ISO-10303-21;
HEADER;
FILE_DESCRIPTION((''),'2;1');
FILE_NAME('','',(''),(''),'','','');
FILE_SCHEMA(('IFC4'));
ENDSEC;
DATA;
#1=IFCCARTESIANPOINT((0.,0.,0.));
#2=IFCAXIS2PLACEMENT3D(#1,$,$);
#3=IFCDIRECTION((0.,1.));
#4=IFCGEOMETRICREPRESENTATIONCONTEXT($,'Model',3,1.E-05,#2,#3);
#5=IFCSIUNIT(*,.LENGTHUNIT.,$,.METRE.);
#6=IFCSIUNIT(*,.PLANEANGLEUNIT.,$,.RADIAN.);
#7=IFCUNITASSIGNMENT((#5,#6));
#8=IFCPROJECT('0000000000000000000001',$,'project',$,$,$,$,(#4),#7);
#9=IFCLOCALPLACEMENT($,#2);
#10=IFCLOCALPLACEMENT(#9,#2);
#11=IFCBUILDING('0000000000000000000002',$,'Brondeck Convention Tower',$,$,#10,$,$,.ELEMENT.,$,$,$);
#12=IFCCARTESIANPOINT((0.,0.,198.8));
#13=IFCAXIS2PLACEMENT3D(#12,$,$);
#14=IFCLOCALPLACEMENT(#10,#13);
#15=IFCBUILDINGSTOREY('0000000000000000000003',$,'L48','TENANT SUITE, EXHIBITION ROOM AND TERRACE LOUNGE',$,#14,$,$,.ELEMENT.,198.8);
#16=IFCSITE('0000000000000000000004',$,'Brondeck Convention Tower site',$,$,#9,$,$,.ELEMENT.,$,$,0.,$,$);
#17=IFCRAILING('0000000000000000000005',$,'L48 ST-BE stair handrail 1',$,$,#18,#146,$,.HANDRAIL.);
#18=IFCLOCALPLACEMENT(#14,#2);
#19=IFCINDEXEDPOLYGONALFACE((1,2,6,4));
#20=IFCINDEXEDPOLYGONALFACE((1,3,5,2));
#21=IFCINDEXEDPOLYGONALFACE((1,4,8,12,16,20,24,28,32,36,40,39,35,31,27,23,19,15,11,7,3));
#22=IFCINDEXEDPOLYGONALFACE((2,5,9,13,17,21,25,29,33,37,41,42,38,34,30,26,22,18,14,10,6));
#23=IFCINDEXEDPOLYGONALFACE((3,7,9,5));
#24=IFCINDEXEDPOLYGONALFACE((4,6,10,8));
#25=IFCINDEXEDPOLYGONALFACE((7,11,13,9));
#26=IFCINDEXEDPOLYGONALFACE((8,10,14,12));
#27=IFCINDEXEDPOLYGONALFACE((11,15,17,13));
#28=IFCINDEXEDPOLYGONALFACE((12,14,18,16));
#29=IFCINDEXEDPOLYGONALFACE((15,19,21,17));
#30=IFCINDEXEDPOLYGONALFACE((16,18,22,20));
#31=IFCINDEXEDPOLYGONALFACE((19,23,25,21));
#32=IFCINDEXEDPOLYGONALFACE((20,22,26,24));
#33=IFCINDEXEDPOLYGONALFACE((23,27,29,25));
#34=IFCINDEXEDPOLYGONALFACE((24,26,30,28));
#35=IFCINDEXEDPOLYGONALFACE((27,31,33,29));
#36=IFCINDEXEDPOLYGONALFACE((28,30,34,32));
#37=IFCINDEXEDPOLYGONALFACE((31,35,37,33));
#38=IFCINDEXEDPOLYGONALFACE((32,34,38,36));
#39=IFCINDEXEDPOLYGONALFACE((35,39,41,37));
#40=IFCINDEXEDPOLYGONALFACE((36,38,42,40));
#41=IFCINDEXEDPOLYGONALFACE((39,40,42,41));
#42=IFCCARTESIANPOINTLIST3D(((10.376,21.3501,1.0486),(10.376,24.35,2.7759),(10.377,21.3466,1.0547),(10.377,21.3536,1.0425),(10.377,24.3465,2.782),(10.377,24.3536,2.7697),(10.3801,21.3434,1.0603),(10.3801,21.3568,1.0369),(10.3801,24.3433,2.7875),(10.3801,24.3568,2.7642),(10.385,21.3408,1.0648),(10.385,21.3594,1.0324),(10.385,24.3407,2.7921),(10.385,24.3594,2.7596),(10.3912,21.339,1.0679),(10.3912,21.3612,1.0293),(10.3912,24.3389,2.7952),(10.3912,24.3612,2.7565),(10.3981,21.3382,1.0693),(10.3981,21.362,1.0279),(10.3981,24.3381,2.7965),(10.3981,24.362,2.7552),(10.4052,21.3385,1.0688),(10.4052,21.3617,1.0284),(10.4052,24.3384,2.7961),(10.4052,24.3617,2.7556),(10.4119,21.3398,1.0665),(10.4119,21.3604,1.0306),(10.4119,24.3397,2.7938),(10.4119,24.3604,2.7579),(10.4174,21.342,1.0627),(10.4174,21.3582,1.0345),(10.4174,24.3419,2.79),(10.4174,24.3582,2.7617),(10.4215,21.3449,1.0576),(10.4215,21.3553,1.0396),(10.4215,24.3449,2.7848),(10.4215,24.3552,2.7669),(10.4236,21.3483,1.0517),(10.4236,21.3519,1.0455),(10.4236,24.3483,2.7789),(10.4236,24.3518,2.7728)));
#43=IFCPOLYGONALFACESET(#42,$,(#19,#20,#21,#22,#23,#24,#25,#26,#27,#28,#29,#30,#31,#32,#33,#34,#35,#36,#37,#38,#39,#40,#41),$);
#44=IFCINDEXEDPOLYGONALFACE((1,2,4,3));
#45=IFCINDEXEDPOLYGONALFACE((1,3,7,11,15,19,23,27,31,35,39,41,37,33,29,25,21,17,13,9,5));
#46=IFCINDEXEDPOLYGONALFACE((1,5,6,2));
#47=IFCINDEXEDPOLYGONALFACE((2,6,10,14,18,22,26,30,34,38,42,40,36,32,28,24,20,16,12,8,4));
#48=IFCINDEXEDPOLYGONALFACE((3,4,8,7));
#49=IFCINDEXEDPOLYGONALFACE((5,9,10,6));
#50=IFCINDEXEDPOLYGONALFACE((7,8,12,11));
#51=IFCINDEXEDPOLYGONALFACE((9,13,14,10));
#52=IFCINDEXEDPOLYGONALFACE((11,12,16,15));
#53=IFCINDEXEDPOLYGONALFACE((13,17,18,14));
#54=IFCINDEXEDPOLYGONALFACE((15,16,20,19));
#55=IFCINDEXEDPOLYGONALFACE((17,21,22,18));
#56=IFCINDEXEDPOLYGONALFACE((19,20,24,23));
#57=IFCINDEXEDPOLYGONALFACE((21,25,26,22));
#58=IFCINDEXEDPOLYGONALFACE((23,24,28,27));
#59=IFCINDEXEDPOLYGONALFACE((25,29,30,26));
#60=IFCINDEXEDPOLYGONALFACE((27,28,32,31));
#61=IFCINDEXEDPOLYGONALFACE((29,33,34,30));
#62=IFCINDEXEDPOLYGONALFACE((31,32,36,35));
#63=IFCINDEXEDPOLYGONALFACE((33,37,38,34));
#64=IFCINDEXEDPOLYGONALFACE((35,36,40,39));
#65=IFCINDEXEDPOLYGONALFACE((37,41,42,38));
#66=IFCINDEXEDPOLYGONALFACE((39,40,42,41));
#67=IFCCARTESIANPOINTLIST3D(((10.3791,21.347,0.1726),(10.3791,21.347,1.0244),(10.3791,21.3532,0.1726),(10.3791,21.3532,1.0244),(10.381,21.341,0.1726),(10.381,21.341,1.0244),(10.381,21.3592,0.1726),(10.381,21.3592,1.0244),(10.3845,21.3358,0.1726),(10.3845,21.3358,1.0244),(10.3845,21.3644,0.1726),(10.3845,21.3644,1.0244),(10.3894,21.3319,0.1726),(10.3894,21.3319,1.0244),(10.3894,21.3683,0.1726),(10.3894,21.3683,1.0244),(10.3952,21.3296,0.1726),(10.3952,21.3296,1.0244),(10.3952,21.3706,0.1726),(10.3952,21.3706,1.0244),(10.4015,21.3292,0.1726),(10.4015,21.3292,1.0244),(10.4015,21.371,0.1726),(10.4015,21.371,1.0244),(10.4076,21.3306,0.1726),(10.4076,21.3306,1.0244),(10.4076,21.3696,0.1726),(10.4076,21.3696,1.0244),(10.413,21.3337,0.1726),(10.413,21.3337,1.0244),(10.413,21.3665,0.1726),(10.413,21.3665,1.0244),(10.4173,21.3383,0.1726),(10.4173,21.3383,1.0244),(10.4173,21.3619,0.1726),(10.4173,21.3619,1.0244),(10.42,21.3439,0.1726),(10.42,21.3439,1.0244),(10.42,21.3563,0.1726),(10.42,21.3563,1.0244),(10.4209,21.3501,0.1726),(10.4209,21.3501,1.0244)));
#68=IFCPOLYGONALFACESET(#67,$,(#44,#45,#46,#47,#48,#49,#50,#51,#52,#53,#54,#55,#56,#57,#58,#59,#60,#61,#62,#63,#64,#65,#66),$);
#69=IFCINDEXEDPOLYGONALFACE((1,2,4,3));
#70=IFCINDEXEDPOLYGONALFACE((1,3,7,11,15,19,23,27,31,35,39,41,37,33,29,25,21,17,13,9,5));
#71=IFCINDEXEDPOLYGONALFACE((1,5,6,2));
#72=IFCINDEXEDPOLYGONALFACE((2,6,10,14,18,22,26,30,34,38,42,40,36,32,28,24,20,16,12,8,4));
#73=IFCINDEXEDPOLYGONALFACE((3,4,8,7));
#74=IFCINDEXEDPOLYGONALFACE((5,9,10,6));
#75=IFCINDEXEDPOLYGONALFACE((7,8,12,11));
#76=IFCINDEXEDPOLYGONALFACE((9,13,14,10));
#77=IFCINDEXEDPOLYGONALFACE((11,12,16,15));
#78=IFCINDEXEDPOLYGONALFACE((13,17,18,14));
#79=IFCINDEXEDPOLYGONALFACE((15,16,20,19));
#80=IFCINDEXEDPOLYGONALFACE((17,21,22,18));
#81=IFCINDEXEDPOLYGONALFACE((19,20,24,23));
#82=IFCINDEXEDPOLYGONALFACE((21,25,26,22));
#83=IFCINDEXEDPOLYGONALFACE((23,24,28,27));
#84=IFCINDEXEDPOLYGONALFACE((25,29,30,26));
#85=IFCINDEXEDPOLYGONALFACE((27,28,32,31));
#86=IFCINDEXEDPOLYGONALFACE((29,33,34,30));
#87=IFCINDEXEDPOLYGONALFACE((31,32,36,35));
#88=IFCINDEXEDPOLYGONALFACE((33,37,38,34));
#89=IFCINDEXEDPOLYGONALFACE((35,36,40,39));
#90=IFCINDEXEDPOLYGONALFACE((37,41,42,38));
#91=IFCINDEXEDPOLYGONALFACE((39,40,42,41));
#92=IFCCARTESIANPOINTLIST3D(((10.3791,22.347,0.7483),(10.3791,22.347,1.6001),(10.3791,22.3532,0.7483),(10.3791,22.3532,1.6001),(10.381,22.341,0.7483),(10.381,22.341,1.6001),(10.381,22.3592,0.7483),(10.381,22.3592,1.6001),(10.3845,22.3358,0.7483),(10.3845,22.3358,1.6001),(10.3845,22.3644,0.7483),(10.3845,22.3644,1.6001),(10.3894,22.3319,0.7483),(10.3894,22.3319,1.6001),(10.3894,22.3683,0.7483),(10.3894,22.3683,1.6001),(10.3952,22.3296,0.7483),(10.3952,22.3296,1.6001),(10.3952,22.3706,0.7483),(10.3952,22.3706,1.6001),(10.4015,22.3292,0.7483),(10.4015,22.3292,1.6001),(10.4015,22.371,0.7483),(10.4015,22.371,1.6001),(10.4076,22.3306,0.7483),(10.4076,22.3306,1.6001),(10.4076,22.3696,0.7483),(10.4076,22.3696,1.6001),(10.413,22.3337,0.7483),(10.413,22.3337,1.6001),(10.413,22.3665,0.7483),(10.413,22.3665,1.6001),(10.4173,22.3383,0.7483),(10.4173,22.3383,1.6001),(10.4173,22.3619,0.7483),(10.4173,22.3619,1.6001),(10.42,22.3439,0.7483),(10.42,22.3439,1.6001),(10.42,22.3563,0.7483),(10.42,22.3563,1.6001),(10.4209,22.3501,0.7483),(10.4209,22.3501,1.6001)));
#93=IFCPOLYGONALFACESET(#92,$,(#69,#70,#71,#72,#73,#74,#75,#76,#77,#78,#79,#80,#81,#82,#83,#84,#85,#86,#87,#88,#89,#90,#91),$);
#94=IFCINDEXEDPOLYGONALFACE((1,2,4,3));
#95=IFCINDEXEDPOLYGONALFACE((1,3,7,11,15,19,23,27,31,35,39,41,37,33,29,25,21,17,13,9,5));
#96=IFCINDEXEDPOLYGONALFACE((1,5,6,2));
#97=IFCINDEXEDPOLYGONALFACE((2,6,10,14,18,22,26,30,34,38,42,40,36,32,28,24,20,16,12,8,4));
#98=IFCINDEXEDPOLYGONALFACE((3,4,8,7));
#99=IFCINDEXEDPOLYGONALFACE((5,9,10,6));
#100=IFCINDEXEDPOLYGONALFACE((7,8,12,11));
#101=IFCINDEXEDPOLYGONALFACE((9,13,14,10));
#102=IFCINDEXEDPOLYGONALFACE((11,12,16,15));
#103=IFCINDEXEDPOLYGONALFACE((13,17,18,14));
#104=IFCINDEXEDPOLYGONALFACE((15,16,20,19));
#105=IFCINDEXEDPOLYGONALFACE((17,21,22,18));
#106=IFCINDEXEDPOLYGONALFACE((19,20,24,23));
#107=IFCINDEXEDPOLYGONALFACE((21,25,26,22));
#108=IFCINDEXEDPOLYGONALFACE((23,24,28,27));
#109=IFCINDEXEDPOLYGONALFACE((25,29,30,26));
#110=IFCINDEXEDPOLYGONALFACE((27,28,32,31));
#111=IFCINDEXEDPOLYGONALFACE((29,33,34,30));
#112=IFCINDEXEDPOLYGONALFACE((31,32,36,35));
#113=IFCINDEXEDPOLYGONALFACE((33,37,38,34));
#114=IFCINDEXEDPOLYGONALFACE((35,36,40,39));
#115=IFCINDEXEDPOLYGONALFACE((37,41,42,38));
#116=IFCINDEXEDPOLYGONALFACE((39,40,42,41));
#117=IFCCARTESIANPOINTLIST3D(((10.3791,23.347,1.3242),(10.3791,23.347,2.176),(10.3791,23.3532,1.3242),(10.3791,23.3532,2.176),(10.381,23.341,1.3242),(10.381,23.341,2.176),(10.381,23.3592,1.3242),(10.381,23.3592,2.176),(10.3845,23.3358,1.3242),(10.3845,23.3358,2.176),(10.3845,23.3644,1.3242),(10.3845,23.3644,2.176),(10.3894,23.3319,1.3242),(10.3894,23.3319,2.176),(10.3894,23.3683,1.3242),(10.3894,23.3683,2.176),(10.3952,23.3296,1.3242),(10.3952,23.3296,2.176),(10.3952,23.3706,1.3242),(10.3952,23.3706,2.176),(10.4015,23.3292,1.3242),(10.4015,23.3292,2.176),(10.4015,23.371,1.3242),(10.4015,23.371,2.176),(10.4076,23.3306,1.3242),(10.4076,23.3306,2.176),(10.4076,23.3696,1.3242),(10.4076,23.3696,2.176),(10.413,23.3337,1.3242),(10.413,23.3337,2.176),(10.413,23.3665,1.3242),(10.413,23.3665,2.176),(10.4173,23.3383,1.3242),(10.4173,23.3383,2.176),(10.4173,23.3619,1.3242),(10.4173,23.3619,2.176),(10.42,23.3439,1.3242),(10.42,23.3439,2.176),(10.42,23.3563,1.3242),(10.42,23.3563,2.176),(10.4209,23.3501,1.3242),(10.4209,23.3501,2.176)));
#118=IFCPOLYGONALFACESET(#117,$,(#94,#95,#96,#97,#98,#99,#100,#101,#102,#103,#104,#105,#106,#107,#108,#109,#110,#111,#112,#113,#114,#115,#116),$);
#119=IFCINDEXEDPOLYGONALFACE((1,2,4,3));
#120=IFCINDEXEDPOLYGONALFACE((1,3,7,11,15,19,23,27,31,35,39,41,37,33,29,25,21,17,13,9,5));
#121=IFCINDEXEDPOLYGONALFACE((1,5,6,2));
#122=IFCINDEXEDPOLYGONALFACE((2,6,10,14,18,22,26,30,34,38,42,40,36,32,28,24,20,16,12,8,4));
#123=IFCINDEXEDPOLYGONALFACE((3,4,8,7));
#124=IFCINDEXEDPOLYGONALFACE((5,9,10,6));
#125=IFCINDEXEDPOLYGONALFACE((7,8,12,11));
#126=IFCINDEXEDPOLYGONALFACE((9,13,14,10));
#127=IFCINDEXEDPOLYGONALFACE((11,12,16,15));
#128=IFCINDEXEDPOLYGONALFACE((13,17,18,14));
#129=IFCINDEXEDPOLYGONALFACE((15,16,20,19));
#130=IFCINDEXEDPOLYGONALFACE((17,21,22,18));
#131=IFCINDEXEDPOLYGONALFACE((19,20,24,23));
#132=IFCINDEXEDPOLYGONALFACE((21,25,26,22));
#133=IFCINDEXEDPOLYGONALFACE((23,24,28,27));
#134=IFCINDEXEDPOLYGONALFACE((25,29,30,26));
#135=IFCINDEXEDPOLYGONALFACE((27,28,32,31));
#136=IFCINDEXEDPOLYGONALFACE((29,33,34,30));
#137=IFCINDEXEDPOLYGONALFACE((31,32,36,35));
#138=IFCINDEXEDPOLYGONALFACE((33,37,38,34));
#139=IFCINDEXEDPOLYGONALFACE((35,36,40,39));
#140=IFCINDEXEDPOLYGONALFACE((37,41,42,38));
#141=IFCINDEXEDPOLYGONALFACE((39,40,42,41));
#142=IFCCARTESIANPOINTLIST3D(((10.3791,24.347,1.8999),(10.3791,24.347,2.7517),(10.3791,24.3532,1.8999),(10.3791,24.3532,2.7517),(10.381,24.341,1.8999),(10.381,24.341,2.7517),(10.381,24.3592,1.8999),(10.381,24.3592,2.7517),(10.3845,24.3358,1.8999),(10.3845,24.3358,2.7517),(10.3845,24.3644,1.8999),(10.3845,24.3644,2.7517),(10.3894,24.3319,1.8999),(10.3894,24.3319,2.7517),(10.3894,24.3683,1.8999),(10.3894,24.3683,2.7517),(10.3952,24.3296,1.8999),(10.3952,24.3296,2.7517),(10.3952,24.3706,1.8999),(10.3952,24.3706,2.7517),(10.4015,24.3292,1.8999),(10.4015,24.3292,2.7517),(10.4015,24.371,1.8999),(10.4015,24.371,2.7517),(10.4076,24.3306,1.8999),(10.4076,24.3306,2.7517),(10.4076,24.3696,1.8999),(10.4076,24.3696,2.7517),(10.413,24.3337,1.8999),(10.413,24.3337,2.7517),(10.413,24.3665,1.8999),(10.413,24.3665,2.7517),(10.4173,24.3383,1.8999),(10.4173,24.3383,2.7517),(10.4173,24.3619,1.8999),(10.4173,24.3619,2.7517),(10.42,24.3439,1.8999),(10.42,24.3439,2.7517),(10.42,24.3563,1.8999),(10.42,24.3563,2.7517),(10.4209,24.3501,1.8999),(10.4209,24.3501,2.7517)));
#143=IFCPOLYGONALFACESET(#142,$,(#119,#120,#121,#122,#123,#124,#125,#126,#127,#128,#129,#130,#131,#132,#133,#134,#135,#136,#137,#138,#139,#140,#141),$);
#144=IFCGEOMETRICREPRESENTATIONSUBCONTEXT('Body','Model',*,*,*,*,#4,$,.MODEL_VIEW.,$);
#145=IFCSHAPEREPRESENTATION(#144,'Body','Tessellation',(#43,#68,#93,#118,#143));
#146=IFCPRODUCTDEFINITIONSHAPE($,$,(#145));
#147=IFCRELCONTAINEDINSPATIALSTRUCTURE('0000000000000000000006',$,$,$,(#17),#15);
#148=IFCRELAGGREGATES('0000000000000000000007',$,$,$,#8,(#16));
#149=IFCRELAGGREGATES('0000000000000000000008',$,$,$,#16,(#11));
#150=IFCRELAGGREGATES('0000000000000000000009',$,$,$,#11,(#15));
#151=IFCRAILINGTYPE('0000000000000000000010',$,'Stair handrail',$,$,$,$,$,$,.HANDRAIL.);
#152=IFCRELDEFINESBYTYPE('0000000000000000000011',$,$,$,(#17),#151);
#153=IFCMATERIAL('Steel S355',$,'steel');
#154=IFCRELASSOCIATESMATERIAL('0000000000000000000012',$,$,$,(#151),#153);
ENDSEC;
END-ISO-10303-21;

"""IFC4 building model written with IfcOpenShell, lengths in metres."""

from ifc_helpers import new_model, si_unit, direction, frame, origin, origin_2d, place, context, subcontext, project, spatial, circle, extrude, material, type_object, element, save


model = new_model("IFC4")

# Units and contexts
model_context = context("Model", 3, precision=1e-05, world=origin(), true_north=direction((0.0, 1.0)))
body_context = subcontext(model_context, "Body", "Model", "MODEL_VIEW")
ifc_project = project(units=[si_unit("LENGTHUNIT", "METRE"), si_unit("PLANEANGLEUNIT", "RADIAN")], contexts=[model_context])

# Site, building, storey
site_placement = place(None, origin())
site = spatial("IfcSite", under=ifc_project, at=site_placement, Name="Brondeck Convention Tower site", CompositionType="ELEMENT", RefElevation=0.0)
building_placement = place(site_placement, origin())
building = spatial("IfcBuilding", under=site, at=building_placement, Name="Brondeck Convention Tower", CompositionType="ELEMENT")
storey_placement = place(building_placement, frame((0.0, 0.0, 198.8)))
storey = spatial("IfcBuildingStorey", under=building, at=storey_placement, Name="L48", Description="TENANT SUITE, EXHIBITION ROOM AND TERRACE LOUNGE", CompositionType="ELEMENT", Elevation=198.8)

# Shared definitions
ifc_material_1 = material(Name="Steel S355", Category="steel")

# Railing
railing_type_1 = type_object("IfcRailingType", Name="Stair handrail", PredefinedType="HANDRAIL", material=ifc_material_1)
railing_1_placement = place(storey_placement, frame((10.3999, 21.3501, 0.1726)))
element("IfcRailing", 1, at=railing_1_placement, inside=storey, type_object=railing_type_1, Name="L48 ST-BE stair handrail 1", PredefinedType="HANDRAIL", context=body_context, shape_type="SweptSolid", body=[
    extrude(circle(Radius=0.0239, at=origin_2d()), frame((0.0, 0.0, 0.876), z_axis=(0.0, 0.86662, 0.498969), x_axis=(-1.0, 0.0, 0.0)), (0.0, 0.0, 1.0), 3.4617),
    extrude(circle(Radius=0.021, at=origin_2d()), origin(), (0.0, 0.0, 1.0), 0.8518),
    extrude(circle(Radius=0.021, at=origin_2d()), frame((0.0, 1.0, 0.5757)), (0.0, 0.0, 1.0), 0.8518),
    extrude(circle(Radius=0.021, at=origin_2d()), frame((0.0, 2.0, 1.1516)), (0.0, 0.0, 1.0), 0.8518),
    extrude(circle(Radius=0.021, at=origin_2d()), frame((0.0, 3.0, 1.7273)), (0.0, 0.0, 1.0), 0.8518),
])

save(model, "model.ifc")
